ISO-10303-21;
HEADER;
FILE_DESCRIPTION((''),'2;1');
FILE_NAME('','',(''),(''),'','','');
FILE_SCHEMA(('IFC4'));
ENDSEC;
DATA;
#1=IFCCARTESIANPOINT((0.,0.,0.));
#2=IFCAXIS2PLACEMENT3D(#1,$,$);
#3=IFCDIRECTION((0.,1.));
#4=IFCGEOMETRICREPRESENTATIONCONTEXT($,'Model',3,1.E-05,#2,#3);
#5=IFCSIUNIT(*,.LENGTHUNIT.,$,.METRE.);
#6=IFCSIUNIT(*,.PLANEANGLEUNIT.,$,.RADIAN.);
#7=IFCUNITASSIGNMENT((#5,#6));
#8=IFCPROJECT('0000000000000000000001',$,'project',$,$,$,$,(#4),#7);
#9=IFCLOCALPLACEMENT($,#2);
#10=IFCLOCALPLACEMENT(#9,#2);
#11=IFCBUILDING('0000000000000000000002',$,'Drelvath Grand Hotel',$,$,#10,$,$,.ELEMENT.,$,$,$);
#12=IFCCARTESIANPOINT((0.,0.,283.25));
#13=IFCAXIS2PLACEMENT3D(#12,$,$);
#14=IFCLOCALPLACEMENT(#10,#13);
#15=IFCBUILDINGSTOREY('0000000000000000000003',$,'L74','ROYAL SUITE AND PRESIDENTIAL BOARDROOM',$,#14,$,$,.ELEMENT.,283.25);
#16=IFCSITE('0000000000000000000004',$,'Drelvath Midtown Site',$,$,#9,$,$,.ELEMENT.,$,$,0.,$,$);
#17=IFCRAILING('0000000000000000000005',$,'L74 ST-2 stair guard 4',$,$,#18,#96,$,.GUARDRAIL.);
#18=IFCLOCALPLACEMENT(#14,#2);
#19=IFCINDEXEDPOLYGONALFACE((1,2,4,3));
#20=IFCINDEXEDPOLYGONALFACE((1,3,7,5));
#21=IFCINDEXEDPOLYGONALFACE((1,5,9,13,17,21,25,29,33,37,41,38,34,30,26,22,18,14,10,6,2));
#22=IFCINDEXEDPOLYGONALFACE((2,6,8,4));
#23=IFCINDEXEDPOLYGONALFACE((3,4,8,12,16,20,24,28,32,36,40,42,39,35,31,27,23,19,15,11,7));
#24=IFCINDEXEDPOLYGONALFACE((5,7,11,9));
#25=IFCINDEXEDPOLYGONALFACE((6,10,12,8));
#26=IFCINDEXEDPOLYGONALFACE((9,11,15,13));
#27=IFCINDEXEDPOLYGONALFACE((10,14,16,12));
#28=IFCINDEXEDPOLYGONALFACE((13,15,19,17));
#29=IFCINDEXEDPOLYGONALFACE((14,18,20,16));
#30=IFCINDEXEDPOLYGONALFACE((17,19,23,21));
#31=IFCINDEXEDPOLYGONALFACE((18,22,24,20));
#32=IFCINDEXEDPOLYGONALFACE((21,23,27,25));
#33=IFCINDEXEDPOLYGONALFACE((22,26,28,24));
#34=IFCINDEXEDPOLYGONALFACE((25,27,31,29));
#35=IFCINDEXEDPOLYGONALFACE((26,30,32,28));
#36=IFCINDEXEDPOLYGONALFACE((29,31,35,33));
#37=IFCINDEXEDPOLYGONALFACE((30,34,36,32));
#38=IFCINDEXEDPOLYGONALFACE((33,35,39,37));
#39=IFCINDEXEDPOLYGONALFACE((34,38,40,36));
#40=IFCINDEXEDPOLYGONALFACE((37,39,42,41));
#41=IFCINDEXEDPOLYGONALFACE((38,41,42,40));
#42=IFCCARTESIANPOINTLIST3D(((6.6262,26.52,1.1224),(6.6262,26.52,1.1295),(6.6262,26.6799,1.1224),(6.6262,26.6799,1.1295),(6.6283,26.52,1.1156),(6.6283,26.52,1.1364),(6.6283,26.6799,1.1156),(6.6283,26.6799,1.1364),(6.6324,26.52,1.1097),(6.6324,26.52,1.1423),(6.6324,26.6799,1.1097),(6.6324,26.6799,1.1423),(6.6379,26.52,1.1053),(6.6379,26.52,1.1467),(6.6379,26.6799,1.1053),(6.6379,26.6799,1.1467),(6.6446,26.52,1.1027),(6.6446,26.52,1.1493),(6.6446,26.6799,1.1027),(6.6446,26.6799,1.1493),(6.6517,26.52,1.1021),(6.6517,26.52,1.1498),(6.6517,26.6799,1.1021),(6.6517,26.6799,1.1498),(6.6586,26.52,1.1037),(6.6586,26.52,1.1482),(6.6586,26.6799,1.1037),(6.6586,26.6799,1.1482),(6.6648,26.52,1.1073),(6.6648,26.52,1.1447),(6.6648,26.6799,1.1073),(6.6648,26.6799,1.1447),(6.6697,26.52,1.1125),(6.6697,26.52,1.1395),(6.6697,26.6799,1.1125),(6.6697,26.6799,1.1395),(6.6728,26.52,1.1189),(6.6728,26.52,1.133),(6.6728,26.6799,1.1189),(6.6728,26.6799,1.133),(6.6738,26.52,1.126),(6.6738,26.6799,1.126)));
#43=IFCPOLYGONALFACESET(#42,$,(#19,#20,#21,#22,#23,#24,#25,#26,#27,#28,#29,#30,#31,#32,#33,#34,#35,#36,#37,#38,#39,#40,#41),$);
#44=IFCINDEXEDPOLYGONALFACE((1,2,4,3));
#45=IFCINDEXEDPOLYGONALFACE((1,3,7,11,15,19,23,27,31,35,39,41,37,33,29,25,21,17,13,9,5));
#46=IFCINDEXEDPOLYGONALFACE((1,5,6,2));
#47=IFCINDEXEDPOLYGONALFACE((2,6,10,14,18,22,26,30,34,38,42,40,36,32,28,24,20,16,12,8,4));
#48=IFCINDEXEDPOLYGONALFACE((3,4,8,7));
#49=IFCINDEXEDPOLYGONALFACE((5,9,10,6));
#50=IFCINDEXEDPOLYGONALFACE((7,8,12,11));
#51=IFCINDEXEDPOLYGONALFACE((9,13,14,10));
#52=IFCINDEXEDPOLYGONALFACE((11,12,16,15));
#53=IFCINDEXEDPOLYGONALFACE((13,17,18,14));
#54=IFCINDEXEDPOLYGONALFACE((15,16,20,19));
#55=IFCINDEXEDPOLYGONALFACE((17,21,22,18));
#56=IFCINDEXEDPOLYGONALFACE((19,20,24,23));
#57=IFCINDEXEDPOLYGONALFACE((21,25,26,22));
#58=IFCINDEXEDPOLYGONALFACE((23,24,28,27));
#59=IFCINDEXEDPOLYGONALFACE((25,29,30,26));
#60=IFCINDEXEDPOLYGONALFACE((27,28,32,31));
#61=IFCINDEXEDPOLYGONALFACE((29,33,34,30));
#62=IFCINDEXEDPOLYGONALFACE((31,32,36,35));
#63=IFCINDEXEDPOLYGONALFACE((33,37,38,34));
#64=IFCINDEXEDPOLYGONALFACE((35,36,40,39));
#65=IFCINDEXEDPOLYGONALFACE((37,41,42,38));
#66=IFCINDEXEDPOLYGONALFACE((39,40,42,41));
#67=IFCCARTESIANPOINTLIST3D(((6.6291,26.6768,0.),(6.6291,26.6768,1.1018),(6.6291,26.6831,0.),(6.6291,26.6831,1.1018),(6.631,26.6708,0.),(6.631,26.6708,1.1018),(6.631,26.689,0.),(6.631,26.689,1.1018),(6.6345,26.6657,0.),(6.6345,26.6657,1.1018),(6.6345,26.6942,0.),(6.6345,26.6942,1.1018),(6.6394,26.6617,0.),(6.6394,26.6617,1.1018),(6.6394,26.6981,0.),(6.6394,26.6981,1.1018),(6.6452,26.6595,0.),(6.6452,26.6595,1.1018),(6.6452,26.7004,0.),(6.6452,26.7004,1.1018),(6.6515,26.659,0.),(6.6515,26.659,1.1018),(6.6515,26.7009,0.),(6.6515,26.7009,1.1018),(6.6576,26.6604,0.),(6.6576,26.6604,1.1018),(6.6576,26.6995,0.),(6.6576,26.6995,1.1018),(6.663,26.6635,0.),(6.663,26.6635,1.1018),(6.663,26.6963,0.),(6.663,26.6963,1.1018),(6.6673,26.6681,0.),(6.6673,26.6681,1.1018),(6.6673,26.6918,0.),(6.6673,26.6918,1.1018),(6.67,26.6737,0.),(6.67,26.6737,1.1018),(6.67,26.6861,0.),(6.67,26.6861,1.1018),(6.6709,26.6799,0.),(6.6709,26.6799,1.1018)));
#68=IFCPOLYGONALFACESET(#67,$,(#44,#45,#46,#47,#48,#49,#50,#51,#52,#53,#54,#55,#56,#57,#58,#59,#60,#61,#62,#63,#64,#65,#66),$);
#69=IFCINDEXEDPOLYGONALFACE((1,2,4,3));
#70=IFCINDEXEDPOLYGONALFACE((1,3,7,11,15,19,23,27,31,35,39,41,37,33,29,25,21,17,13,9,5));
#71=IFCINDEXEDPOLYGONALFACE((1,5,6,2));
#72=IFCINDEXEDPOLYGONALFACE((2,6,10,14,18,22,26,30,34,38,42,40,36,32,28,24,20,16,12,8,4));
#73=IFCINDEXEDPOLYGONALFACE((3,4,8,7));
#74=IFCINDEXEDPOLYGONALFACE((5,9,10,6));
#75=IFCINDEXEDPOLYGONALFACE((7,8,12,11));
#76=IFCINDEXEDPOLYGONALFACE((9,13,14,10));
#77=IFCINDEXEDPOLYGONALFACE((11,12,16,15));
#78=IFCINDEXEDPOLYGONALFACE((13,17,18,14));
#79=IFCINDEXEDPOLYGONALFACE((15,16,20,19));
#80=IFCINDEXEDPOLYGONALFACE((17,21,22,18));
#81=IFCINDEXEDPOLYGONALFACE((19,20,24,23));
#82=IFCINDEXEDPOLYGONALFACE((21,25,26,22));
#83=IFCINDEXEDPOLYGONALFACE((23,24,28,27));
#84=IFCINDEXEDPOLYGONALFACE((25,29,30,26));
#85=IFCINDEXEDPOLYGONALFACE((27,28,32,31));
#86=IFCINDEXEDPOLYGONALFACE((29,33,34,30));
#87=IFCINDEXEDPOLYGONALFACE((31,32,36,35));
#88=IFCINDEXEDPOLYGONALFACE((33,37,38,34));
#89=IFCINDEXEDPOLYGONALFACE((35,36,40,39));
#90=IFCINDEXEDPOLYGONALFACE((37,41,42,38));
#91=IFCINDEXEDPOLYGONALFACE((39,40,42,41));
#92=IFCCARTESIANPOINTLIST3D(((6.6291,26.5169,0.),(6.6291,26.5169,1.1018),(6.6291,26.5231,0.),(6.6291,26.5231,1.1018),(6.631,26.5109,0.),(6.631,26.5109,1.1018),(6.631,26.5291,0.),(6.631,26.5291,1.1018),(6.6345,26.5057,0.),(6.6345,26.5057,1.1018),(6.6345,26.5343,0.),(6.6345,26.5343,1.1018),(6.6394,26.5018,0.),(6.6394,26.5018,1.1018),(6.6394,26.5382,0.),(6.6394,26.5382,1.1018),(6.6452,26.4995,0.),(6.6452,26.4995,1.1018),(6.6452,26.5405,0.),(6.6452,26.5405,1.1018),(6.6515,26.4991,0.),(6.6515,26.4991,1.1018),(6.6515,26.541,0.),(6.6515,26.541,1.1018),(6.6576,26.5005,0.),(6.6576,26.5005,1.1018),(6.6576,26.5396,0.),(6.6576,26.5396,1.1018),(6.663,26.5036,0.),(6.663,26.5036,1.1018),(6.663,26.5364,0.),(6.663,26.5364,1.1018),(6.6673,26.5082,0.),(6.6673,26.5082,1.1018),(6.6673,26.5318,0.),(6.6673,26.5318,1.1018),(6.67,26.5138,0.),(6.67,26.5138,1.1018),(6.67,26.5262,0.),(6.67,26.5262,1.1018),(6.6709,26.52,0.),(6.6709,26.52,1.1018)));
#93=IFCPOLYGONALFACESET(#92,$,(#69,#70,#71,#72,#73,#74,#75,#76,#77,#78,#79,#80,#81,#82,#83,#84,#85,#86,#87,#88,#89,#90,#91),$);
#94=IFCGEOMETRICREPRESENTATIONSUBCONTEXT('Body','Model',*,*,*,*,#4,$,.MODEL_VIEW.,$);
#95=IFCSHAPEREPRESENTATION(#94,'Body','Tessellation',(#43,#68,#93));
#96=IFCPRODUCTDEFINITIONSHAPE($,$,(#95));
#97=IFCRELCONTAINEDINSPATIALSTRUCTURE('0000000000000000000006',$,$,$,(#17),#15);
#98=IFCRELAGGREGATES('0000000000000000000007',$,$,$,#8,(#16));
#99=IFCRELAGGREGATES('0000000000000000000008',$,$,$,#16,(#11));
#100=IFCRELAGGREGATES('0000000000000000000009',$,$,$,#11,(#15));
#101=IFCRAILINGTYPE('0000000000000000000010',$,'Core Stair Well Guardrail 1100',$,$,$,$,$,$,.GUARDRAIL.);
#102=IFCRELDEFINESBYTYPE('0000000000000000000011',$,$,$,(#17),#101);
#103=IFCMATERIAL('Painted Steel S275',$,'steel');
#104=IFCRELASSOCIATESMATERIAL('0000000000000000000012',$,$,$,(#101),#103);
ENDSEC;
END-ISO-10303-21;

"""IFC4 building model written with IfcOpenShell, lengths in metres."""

from ifc_helpers import new_model, si_unit, direction, frame, origin, origin_2d, place, context, subcontext, project, spatial, circle, extrude, material, type_object, element, save


model = new_model("IFC4")

# Units and contexts
model_context = context("Model", 3, precision=1e-05, world=origin(), true_north=direction((0.0, 1.0)))
body_context = subcontext(model_context, "Body", "Model", "MODEL_VIEW")
ifc_project = project(units=[si_unit("LENGTHUNIT", "METRE"), si_unit("PLANEANGLEUNIT", "RADIAN")], contexts=[model_context])

# Site, building, storey
site_placement = place(None, origin())
site = spatial("IfcSite", under=ifc_project, at=site_placement, Name="Drelvath Midtown Site", CompositionType="ELEMENT", RefElevation=0.0)
building_placement = place(site_placement, origin())
building = spatial("IfcBuilding", under=site, at=building_placement, Name="Drelvath Grand Hotel", CompositionType="ELEMENT")
storey_placement = place(building_placement, frame((0.0, 0.0, 283.25)))
storey = spatial("IfcBuildingStorey", under=building, at=storey_placement, Name="L74", Description="ROYAL SUITE AND PRESIDENTIAL BOARDROOM", CompositionType="ELEMENT", Elevation=283.25)

# Railing
ifc_material_1 = material(Name="Painted Steel S275", Category="steel")
railing_type_1 = type_object("IfcRailingType", Name="Core Stair Well Guardrail 1100", PredefinedType="GUARDRAIL", material=ifc_material_1)
railing_1_placement = place(storey_placement, frame((6.6499, 26.6799, 0.0)))
element("IfcRailing", 1, at=railing_1_placement, inside=storey, type_object=railing_type_1, Name="L74 ST-2 stair guard 4", PredefinedType="GUARDRAIL", context=body_context, shape_type="SweptSolid", body=[
    extrude(circle(Radius=0.0239, at=origin_2d()), frame((0.0, 0.0, 1.126), z_axis=(0.0, -1.0, 0.0), x_axis=(1.0, 0.0, 0.0)), (0.0, 0.0, 1.0), 0.1599),
    extrude(circle(Radius=0.021, at=origin_2d()), origin(), (0.0, 0.0, 1.0), 1.1018),
    extrude(circle(Radius=0.021, at=origin_2d()), frame((0.0, -0.1599, 0.0)), (0.0, 0.0, 1.0), 1.1018),
])

save(model, "model.ifc")
